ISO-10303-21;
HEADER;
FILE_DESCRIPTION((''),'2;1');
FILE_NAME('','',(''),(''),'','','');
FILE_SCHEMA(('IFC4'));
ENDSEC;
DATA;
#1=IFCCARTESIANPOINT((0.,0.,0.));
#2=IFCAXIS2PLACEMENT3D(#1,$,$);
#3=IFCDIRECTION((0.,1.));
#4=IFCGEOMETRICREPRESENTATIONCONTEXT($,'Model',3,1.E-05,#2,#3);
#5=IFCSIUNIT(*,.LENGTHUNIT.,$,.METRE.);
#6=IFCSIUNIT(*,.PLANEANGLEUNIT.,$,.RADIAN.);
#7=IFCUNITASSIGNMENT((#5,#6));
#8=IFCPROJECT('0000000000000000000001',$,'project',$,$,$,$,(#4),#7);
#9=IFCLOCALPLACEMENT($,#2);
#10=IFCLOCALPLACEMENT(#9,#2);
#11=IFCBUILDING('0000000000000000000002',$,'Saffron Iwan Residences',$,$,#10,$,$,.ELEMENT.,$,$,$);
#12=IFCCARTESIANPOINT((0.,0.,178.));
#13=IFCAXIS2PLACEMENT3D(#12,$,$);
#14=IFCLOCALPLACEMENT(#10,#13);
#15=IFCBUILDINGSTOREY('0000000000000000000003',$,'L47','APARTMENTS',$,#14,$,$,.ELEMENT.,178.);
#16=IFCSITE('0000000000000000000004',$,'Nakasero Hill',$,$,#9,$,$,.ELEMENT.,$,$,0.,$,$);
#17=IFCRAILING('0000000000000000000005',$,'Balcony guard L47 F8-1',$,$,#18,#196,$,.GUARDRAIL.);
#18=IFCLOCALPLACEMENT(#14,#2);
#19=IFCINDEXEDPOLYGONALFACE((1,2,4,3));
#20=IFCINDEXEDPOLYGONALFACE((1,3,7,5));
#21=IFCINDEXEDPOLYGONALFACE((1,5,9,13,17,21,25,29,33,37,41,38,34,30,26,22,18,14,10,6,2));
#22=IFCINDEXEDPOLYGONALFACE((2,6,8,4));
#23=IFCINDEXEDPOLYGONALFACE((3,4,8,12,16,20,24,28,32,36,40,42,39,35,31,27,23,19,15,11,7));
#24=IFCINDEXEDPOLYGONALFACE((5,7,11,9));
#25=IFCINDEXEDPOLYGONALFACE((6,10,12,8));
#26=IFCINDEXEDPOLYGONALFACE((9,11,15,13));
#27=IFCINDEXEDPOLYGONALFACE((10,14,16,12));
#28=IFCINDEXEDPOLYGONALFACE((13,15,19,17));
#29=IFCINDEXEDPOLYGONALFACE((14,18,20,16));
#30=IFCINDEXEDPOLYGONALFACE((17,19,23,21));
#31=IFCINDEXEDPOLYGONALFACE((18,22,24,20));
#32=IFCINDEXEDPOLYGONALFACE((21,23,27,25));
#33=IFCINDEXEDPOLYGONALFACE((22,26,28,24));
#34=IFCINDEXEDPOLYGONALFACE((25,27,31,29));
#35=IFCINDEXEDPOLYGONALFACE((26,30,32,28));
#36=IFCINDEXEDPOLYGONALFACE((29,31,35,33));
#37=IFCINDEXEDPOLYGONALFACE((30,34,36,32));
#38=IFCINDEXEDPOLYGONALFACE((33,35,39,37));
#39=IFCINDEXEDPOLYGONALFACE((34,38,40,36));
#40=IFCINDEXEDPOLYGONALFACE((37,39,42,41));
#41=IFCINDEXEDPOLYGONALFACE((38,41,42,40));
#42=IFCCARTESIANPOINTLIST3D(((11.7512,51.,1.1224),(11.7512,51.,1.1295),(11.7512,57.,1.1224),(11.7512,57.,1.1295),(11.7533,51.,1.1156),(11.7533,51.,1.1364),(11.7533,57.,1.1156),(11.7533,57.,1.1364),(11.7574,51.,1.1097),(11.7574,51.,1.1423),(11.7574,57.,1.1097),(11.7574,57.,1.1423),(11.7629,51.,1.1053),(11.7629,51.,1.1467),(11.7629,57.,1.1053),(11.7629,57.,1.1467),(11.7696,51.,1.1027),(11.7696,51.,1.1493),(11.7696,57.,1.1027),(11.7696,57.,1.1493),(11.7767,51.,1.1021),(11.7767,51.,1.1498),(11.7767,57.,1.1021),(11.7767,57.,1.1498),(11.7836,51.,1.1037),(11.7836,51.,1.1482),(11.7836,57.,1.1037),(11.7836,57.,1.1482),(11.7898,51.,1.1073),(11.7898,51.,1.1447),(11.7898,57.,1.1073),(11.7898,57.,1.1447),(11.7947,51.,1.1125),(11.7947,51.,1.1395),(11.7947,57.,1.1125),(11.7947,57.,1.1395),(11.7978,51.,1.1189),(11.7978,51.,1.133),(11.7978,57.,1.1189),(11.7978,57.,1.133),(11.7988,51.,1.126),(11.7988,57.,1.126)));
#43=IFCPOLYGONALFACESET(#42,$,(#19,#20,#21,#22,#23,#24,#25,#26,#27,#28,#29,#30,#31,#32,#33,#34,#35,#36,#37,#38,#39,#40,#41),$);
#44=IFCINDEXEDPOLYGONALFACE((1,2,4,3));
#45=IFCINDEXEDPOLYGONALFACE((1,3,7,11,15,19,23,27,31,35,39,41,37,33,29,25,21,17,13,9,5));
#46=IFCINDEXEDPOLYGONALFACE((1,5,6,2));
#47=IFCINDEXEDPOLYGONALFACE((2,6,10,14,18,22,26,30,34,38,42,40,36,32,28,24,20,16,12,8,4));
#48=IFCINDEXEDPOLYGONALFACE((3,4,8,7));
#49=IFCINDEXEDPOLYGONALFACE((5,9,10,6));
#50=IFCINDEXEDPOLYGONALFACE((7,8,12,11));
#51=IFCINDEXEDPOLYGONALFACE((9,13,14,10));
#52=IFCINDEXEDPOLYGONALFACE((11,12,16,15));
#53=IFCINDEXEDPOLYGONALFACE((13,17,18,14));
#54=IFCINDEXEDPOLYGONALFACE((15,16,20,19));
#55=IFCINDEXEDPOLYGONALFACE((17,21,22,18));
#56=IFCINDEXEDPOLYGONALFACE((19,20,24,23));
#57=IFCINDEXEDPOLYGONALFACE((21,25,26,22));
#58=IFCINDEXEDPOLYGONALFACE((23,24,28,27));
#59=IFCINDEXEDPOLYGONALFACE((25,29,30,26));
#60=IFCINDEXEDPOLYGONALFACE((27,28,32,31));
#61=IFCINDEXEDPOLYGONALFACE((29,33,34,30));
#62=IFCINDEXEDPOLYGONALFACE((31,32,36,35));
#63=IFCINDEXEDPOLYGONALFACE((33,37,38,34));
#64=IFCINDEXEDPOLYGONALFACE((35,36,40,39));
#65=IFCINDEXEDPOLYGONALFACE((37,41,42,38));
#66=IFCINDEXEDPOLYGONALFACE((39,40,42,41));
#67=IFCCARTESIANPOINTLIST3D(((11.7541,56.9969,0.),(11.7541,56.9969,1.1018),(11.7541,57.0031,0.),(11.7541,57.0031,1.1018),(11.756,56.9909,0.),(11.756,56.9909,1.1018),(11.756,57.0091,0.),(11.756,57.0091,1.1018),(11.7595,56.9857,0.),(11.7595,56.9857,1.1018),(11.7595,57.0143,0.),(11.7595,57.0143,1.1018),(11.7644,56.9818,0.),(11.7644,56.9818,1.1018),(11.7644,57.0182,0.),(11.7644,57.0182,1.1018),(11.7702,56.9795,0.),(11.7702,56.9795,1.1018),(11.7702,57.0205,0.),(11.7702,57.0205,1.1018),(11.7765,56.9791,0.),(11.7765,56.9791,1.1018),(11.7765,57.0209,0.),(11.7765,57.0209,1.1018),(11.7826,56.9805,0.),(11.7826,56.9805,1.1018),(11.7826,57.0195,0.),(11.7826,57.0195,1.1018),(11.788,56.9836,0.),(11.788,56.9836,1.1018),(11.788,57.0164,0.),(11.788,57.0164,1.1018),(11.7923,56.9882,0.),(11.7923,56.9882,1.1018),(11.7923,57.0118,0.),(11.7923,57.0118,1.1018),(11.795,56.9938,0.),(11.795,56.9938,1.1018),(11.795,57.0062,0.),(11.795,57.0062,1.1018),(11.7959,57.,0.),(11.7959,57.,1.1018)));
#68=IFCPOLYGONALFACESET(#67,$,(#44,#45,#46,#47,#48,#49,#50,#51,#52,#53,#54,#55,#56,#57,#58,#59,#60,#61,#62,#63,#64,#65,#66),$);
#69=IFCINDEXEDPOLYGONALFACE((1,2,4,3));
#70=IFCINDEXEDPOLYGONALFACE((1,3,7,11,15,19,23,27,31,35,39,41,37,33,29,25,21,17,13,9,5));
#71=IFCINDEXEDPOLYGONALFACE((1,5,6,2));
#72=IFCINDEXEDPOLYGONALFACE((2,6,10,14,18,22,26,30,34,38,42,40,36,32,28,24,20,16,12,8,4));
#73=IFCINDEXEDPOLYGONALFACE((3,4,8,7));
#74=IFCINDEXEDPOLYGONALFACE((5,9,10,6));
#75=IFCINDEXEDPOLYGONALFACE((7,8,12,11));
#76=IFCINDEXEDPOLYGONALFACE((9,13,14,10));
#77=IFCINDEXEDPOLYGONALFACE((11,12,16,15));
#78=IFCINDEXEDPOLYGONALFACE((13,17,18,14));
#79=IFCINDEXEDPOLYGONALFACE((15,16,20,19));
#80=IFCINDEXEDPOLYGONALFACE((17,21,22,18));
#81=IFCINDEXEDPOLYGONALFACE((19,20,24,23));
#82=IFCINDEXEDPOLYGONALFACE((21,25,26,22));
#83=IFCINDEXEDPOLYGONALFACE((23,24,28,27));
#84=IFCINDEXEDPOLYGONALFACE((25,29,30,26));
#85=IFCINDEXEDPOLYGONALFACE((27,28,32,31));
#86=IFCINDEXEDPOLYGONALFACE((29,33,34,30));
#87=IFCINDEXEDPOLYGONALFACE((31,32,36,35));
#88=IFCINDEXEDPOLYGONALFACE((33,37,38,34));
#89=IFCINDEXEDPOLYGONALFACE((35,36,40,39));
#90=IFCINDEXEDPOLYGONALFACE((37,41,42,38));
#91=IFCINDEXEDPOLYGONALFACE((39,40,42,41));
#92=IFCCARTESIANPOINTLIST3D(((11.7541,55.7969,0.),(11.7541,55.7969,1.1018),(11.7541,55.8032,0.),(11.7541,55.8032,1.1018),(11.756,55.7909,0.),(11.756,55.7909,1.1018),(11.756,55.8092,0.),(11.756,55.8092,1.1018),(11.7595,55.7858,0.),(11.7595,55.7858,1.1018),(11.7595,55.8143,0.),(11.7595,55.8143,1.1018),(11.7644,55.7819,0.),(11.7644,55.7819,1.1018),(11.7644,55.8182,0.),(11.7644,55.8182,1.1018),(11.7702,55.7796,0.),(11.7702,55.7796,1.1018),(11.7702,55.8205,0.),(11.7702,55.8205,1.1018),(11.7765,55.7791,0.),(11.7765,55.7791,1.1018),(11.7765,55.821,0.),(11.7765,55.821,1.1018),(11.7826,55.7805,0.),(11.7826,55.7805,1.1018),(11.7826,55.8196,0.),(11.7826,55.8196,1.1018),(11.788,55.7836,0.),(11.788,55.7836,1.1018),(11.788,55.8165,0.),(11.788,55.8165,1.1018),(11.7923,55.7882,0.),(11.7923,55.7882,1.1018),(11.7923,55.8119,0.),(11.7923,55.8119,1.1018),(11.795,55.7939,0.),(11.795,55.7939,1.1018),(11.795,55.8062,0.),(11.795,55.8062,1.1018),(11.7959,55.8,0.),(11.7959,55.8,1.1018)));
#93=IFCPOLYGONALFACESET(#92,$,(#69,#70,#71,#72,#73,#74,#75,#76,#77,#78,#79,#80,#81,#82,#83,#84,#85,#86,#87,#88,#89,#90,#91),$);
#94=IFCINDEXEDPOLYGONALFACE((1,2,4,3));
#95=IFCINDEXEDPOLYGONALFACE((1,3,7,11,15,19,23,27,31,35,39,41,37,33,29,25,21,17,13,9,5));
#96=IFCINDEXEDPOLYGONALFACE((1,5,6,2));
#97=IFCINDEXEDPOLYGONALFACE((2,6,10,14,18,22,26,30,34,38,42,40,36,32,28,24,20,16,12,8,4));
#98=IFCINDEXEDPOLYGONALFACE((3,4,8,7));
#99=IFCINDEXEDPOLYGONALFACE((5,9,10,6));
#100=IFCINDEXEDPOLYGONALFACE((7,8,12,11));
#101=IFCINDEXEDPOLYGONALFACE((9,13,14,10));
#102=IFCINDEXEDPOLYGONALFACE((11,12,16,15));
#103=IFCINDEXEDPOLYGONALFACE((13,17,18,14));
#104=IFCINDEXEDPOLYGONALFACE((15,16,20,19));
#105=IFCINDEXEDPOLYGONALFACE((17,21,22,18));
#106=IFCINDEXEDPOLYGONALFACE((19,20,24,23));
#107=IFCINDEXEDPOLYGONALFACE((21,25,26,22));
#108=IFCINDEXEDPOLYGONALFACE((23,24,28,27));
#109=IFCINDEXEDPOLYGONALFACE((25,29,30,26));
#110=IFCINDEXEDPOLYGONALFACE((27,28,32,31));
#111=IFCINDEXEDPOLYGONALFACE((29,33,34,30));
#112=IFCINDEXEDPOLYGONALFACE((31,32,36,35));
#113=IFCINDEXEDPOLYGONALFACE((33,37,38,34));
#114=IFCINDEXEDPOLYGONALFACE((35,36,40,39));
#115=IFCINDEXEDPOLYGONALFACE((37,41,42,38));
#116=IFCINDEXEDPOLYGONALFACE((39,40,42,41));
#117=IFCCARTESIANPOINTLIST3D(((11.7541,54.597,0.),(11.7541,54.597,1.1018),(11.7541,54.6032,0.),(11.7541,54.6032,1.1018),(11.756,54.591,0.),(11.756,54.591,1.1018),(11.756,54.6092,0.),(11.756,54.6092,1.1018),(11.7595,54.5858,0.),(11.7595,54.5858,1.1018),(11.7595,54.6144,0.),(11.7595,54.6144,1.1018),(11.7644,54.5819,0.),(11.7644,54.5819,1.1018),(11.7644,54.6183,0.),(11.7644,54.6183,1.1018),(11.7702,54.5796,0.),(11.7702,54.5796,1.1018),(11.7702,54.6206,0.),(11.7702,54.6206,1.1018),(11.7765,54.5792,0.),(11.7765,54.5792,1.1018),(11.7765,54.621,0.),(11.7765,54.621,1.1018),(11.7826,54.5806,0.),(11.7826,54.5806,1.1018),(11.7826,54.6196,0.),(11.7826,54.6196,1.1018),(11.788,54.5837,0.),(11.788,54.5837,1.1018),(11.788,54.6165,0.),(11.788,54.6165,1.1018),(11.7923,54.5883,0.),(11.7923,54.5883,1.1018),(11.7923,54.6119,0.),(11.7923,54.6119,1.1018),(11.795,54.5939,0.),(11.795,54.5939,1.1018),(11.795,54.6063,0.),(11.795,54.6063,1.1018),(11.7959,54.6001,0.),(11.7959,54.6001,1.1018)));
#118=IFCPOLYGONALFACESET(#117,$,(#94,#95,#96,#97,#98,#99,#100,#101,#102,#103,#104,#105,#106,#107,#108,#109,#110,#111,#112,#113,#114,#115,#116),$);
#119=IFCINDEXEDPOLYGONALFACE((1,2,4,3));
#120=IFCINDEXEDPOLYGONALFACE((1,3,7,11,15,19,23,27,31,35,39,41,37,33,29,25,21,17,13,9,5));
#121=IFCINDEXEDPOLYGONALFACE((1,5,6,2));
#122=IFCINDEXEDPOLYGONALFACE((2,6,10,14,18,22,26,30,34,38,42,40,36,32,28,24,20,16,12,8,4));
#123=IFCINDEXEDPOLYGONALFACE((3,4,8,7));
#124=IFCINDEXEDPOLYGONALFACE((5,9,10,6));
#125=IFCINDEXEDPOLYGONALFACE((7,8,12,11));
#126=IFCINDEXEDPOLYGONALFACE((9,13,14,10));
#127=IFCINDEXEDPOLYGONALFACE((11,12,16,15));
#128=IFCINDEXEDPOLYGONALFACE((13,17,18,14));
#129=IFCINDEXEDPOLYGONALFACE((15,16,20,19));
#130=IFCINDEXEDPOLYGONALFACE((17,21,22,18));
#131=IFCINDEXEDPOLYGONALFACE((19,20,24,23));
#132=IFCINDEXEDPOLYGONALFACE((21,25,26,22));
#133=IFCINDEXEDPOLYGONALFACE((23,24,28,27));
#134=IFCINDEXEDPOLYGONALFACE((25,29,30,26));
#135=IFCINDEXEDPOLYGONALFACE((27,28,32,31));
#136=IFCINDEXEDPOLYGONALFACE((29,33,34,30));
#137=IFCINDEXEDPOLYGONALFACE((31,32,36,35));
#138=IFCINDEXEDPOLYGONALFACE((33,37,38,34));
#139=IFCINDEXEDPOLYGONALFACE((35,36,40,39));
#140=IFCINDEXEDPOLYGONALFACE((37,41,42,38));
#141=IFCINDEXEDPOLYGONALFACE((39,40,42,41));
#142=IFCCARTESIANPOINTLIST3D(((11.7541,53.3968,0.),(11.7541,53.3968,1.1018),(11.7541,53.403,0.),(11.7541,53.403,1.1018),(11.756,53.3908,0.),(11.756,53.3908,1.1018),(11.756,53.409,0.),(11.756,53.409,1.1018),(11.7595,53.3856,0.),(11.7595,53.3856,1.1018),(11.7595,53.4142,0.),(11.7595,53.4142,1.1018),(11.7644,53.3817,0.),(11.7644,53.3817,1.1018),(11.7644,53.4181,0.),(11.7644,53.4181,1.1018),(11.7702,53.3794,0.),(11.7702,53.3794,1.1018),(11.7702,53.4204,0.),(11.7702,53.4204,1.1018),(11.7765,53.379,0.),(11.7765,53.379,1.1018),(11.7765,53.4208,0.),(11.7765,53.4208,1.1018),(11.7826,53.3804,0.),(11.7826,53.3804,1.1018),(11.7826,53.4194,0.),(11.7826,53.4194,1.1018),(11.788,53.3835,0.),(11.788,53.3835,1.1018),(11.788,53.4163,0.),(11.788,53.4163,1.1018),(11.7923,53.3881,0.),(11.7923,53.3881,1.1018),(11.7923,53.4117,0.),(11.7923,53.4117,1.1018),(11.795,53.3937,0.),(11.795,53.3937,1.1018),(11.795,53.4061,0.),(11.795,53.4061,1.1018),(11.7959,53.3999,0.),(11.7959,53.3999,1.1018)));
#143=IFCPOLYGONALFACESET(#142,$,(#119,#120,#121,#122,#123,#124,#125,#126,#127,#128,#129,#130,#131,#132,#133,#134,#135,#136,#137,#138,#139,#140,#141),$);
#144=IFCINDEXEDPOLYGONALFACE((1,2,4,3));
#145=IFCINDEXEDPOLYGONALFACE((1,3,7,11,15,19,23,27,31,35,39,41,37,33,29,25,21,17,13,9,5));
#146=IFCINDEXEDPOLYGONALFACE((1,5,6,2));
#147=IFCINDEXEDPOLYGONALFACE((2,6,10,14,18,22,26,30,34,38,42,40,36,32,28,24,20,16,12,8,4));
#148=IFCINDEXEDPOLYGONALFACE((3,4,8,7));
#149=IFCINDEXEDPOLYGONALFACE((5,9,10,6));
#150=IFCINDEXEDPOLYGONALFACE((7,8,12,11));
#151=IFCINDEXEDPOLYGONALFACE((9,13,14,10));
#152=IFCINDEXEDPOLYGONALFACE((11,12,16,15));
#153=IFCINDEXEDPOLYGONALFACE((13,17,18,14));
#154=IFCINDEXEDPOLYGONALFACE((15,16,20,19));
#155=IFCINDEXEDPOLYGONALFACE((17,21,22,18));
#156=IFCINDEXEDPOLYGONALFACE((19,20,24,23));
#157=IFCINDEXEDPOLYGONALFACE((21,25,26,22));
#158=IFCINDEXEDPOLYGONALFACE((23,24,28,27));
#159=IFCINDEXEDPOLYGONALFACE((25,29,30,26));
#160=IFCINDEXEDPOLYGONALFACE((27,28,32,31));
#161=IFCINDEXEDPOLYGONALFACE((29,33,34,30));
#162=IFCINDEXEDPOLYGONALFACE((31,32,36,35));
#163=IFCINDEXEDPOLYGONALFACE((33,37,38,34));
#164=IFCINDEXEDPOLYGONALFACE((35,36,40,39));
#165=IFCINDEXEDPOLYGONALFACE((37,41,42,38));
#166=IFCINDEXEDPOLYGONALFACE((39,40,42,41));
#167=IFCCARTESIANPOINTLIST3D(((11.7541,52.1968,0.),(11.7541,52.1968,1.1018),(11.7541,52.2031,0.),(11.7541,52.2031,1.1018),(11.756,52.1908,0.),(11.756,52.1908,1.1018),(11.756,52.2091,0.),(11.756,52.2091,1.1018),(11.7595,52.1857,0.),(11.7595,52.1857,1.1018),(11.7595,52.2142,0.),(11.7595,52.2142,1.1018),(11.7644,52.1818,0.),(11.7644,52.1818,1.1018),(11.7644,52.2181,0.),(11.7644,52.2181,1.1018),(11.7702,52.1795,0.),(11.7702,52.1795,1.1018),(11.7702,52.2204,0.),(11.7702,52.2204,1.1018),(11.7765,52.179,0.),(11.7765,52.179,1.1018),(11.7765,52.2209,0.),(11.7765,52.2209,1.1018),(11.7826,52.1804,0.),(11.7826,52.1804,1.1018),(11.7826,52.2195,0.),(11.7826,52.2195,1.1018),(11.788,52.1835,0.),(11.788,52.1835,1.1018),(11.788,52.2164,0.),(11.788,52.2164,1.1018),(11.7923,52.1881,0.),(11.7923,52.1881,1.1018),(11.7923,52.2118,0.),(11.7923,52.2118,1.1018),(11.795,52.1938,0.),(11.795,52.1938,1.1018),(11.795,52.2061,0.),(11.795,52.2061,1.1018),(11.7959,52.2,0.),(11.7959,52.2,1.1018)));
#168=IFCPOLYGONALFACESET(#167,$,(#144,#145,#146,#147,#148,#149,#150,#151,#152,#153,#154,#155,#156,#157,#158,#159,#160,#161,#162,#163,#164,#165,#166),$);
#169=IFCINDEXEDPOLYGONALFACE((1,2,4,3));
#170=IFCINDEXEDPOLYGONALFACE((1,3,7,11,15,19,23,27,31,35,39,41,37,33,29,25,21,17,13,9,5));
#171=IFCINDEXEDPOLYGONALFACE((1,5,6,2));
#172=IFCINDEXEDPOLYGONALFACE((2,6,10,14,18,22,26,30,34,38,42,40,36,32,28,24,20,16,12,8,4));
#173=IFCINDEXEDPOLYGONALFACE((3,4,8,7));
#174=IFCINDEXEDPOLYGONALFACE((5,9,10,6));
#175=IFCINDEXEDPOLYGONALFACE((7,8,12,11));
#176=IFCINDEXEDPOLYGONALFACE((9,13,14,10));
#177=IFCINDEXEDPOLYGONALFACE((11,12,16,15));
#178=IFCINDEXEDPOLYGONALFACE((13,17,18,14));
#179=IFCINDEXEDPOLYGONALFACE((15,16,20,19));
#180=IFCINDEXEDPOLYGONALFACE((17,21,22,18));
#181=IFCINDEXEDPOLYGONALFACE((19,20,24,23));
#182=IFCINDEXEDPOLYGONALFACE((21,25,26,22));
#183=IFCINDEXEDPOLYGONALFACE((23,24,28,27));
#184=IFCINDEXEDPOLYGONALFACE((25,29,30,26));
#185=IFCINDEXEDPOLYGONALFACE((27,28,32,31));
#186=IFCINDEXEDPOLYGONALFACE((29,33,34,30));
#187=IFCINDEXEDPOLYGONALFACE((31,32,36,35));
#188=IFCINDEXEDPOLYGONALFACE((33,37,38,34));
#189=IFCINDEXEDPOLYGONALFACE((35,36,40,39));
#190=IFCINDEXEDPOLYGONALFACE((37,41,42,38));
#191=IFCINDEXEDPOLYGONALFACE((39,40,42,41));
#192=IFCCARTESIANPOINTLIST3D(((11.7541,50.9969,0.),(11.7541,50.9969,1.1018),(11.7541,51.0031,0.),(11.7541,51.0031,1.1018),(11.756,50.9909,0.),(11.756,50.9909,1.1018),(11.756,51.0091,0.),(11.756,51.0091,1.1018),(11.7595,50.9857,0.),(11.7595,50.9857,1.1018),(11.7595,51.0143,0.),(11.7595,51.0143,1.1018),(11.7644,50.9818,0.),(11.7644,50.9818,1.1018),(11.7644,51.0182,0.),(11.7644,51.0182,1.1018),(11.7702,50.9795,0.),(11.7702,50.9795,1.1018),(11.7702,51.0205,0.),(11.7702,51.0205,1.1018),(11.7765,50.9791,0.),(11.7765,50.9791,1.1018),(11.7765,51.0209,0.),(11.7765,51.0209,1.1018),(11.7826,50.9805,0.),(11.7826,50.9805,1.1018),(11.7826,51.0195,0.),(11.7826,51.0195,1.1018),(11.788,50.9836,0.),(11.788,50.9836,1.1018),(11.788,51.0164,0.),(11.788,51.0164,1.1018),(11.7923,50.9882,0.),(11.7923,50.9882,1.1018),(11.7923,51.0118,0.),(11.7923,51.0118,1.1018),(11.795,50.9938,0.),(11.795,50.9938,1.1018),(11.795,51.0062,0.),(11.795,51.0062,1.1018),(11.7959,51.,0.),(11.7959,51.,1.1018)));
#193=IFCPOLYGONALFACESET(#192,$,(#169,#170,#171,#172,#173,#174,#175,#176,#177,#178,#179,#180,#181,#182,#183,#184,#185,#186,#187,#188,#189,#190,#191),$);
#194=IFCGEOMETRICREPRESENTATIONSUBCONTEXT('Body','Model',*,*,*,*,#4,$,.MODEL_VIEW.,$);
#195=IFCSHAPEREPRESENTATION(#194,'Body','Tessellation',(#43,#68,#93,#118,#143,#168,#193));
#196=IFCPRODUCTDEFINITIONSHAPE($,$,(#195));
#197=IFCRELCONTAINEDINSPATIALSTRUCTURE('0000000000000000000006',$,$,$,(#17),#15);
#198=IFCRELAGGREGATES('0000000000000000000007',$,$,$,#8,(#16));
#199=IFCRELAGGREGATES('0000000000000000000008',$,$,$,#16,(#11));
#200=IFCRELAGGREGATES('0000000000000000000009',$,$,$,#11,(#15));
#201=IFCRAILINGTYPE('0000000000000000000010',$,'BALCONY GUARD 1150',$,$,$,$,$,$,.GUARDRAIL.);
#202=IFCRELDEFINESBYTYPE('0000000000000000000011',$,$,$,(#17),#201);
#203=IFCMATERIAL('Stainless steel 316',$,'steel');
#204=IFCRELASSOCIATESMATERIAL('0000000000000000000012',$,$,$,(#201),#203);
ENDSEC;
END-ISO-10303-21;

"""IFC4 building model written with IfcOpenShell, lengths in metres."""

from ifc_helpers import new_model, si_unit, direction, frame, origin, origin_2d, place, context, subcontext, project, spatial, circle, extrude, material, type_object, element, save


model = new_model("IFC4")

# Units and contexts
model_context = context("Model", 3, precision=1e-05, world=origin(), true_north=direction((0.0, 1.0)))
body_context = subcontext(model_context, "Body", "Model", "MODEL_VIEW")
ifc_project = project(units=[si_unit("LENGTHUNIT", "METRE"), si_unit("PLANEANGLEUNIT", "RADIAN")], contexts=[model_context])

# Site, building, storey
site_placement = place(None, origin())
site = spatial("IfcSite", under=ifc_project, at=site_placement, Name="Nakasero Hill", CompositionType="ELEMENT", RefElevation=0.0)
building_placement = place(site_placement, origin())
building = spatial("IfcBuilding", under=site, at=building_placement, Name="Saffron Iwan Residences", CompositionType="ELEMENT")
storey_placement = place(building_placement, frame((0.0, 0.0, 178.0)))
storey = spatial("IfcBuildingStorey", under=building, at=storey_placement, Name="L47", Description="APARTMENTS", CompositionType="ELEMENT", Elevation=178.0)

# Railing
ifc_material_1 = material(Name="Stainless steel 316", Category="steel")
railing_type = type_object("IfcRailingType", Name="BALCONY GUARD 1150", PredefinedType="GUARDRAIL", material=ifc_material_1)
railing_placement = place(storey_placement, frame((11.7749, 57.0, 0.0)))
element("IfcRailing", 1, at=railing_placement, inside=storey, type_object=railing_type, Name="Balcony guard L47 F8-1", PredefinedType="GUARDRAIL", context=body_context, shape_type="SweptSolid", body=[
    extrude(circle(Radius=0.0239, at=origin_2d()), frame((0.0, 0.0, 1.126), z_axis=(0.0, -1.0, 0.0), x_axis=(1.0, 0.0, 0.0)), (0.0, 0.0, 1.0), 6.0),
    extrude(circle(Radius=0.021, at=origin_2d()), origin(), (0.0, 0.0, 1.0), 1.1018),
    extrude(circle(Radius=0.021, at=origin_2d()), frame((0.0, -1.2, 0.0)), (0.0, 0.0, 1.0), 1.1018),
    extrude(circle(Radius=0.021, at=origin_2d()), frame((0.0, -2.3999, 0.0)), (0.0, 0.0, 1.0), 1.1018),
    extrude(circle(Radius=0.021, at=origin_2d()), frame((0.0, -3.6001, 0.0)), (0.0, 0.0, 1.0), 1.1018),
    extrude(circle(Radius=0.021, at=origin_2d()), frame((0.0, -4.8, 0.0)), (0.0, 0.0, 1.0), 1.1018),
    extrude(circle(Radius=0.021, at=origin_2d()), frame((0.0, -6.0, 0.0)), (0.0, 0.0, 1.0), 1.1018),
])

save(model, "model.ifc")
